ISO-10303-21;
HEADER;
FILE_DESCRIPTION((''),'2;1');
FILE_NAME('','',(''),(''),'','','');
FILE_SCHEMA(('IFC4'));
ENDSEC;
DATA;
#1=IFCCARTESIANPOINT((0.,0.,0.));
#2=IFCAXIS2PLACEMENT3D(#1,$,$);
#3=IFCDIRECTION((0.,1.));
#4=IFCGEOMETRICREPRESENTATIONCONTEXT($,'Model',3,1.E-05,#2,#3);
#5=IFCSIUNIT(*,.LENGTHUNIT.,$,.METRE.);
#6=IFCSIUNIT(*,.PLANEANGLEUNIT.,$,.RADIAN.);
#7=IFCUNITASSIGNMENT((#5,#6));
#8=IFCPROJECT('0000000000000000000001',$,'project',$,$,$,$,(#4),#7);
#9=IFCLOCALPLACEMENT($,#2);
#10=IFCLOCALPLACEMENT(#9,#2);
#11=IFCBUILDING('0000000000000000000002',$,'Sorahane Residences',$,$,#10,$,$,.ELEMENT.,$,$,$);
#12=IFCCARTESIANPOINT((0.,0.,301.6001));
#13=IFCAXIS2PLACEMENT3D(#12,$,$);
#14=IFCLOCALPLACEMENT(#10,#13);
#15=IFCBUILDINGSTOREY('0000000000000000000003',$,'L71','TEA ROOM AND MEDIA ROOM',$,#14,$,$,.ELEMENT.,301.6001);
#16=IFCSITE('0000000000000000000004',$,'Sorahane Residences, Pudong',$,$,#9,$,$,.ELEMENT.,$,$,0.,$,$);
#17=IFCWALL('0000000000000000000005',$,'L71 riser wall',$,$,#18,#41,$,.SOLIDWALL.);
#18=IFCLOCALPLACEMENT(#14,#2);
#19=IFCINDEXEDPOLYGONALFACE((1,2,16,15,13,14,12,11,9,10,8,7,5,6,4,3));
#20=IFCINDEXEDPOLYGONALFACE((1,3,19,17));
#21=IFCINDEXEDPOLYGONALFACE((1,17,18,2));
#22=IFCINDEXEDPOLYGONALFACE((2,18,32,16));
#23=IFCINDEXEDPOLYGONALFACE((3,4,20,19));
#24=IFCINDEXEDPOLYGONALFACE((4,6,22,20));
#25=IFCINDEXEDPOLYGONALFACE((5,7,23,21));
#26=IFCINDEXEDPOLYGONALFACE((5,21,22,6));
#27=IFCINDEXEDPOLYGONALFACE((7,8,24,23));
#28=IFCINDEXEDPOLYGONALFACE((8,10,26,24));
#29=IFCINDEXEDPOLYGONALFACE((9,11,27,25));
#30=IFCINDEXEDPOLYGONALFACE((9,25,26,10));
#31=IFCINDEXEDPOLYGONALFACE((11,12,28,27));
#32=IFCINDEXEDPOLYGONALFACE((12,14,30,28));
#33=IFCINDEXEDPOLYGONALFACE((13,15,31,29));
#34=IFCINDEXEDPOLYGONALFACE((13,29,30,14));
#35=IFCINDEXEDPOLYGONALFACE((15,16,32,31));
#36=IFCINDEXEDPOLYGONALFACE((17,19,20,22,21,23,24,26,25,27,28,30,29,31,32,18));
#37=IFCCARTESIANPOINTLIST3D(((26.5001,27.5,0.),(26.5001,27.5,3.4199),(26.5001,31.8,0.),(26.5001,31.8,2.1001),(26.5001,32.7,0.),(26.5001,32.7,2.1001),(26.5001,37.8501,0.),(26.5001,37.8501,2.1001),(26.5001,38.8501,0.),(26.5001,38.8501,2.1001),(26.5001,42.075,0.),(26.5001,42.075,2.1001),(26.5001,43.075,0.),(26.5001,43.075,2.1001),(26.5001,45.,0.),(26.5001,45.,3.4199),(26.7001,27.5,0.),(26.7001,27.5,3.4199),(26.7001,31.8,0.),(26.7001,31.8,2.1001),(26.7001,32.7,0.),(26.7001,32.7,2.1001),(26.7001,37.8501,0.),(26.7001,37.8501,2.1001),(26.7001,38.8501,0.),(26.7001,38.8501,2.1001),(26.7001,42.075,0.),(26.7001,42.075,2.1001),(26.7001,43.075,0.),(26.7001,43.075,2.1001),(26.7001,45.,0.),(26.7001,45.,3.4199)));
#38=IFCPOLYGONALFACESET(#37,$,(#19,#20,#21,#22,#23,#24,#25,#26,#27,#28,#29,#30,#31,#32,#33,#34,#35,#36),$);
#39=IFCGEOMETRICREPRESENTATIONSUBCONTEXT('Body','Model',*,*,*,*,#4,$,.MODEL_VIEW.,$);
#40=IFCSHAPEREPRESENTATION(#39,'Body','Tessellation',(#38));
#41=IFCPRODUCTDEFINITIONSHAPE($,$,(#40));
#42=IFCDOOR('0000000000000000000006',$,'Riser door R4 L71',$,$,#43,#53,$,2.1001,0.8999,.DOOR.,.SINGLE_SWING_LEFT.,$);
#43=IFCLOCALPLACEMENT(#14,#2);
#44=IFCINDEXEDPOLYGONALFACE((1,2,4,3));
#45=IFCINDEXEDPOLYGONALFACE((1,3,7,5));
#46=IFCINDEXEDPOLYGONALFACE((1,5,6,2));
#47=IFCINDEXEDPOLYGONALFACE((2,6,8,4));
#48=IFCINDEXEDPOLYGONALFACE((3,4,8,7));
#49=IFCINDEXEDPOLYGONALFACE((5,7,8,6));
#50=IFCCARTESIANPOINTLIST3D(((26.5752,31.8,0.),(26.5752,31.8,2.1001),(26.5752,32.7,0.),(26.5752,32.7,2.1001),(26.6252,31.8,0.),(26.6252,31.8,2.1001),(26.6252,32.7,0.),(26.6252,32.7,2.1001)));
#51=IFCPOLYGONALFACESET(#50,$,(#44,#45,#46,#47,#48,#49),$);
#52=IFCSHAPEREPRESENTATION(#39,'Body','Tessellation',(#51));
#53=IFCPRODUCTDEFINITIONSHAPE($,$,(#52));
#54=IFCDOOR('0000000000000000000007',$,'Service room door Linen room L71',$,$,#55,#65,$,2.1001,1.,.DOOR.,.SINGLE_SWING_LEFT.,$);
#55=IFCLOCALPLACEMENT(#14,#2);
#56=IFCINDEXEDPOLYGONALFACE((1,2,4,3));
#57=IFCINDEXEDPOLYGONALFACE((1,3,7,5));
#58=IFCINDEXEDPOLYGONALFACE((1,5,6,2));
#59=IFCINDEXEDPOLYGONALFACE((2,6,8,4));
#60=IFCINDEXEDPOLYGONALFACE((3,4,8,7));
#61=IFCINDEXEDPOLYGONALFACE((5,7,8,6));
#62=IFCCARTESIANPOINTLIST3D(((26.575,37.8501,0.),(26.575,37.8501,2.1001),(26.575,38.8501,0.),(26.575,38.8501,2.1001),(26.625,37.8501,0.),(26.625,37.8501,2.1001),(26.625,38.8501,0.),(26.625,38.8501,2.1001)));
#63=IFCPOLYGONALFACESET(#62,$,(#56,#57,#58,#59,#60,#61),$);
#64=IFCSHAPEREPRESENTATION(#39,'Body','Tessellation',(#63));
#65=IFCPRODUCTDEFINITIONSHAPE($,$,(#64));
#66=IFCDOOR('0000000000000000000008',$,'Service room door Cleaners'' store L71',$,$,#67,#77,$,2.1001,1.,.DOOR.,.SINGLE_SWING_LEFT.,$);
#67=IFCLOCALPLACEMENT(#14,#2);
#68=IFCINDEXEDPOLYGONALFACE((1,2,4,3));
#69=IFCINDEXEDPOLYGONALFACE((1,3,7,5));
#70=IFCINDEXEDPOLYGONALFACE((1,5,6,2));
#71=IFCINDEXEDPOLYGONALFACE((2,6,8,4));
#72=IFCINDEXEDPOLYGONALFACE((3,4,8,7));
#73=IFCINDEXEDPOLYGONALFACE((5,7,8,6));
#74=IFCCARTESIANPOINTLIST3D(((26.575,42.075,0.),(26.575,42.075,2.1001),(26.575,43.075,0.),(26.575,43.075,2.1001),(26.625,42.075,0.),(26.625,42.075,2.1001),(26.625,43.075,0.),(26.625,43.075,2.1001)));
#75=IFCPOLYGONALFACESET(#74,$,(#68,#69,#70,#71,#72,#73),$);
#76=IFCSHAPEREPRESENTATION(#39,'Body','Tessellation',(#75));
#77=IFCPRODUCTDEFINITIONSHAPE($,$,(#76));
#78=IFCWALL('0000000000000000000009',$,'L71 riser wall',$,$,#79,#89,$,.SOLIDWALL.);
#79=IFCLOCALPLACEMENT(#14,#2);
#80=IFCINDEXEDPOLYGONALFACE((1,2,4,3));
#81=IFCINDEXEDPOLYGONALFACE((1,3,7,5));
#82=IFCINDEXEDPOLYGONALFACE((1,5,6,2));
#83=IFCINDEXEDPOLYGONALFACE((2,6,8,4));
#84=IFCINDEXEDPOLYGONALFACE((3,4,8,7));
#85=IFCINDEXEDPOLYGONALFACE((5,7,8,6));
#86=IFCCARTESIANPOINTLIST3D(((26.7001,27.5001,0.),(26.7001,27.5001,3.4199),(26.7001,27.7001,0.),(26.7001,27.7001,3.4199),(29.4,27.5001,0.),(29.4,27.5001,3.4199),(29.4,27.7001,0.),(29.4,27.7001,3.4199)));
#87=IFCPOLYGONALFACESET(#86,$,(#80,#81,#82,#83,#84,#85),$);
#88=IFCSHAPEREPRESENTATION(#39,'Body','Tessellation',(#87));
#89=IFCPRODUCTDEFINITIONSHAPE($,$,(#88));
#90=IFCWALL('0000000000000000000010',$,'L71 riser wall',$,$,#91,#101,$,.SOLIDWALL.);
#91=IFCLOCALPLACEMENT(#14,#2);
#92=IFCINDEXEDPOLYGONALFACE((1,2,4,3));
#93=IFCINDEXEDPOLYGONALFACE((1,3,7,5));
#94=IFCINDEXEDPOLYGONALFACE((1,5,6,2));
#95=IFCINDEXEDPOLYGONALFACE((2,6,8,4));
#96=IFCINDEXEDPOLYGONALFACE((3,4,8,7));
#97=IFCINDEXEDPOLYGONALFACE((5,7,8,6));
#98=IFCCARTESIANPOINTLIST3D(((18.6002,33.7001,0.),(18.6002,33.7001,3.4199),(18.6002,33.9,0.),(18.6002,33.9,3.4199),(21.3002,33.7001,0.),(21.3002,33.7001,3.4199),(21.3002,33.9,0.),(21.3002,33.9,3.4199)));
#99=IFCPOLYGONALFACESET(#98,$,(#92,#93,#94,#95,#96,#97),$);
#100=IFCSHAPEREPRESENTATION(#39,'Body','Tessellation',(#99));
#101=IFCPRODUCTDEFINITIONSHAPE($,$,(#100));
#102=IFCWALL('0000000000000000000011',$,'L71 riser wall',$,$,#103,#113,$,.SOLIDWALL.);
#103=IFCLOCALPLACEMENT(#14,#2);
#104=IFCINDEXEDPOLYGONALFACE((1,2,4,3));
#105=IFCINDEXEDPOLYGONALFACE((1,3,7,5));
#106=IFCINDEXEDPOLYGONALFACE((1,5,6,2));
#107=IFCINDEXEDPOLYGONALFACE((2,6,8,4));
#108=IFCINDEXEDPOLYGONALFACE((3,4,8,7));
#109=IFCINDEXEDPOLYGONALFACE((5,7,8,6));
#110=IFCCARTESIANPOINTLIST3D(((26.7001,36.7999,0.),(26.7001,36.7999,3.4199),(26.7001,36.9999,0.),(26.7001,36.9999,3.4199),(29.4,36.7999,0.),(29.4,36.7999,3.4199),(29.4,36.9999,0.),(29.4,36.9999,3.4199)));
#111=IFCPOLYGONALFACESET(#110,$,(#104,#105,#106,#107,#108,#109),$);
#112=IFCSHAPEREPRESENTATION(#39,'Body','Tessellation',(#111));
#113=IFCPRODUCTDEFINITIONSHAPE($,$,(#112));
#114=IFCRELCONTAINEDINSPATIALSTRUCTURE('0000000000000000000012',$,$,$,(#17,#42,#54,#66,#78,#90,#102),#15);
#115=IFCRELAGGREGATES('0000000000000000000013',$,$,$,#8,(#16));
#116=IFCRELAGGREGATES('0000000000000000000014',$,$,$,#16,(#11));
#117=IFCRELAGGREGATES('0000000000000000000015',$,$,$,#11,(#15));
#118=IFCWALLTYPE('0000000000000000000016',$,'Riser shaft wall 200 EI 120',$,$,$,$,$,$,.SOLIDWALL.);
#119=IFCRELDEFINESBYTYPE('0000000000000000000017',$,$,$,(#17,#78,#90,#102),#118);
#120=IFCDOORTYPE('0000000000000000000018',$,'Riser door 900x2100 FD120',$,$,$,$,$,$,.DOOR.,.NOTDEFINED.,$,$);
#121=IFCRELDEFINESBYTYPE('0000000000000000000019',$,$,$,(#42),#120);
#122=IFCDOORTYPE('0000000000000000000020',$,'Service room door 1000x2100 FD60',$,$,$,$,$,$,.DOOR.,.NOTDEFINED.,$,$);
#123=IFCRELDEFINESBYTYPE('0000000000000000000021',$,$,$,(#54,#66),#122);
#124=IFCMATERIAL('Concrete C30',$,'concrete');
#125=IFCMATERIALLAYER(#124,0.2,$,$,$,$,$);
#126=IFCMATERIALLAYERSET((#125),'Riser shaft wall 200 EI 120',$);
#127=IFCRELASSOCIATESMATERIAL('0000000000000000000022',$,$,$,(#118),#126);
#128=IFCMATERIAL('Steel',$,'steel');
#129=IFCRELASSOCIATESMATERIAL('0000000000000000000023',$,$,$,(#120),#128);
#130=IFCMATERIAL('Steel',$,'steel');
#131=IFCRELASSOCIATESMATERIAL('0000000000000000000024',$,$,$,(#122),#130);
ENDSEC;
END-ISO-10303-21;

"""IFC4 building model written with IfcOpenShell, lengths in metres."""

from ifc_helpers import new_model, si_unit, direction, frame, frame_2d, origin, place, context, subcontext, project, spatial, rectangle, extrude, material, layer, layer_set, type_object, element, fill, save


model = new_model("IFC4")

# Units and contexts
model_context = context("Model", 3, precision=1e-05, world=origin(), true_north=direction((0.0, 1.0)))
body_context = subcontext(model_context, "Body", "Model", "MODEL_VIEW")
ifc_project = project(units=[si_unit("LENGTHUNIT", "METRE"), si_unit("PLANEANGLEUNIT", "RADIAN")], contexts=[model_context])

# Site, building, storey
site_placement = place(None, origin())
site = spatial("IfcSite", under=ifc_project, at=site_placement, Name="Sorahane Residences, Pudong", CompositionType="ELEMENT", RefElevation=0.0)
building_placement = place(site_placement, origin())
building = spatial("IfcBuilding", under=site, at=building_placement, Name="Sorahane Residences", CompositionType="ELEMENT")
storey_placement = place(building_placement, frame((0.0, 0.0, 301.6001)))
storey = spatial("IfcBuildingStorey", under=building, at=storey_placement, Name="L71", Description="TEA ROOM AND MEDIA ROOM", CompositionType="ELEMENT", Elevation=301.6001)

# Wall, openings, doors
ifc_material_1 = material(Name="Concrete C30", Category="concrete")
ifc_layer_1 = layer(ifc_material_1, 0.2)
ifc_layer_set_1 = layer_set([ifc_layer_1], Name="Riser shaft wall 200 EI 120")
wall_type_1 = type_object("IfcWallType", Name="Riser shaft wall 200 EI 120", PredefinedType="SOLIDWALL", material=ifc_layer_set_1)
wall_1_placement = place(storey_placement, frame((26.6001, 27.5, 0.0), z_axis=(0.0, 0.0, 1.0), x_axis=(0.0, 1.0, 0.0)))
wall_1 = element("IfcWall", 1, at=wall_1_placement, inside=storey, type_object=wall_type_1, Name="L71 riser wall", PredefinedType="SOLIDWALL", context=body_context, shape_type="SweptSolid", body=[
    extrude(rectangle(XDim=17.5, YDim=0.2, at=frame_2d((8.75, 0.0))), origin(), (0.0, 0.0, 1.0), 3.4199),
])
opening_1_placement = place(wall_1_placement, frame((4.3, 0.0, 0.0)))
opening_1 = element("IfcOpeningElement", 2, at=opening_1_placement, cuts=wall_1, PredefinedType="OPENING", context=body_context, shape_type="SweptSolid", body=[
    extrude(rectangle(XDim=0.8999, YDim=2.1001, at=frame_2d((0.45, 1.05))), frame((0.0, 0.1099, 0.0), z_axis=(0.0, -1.0, 0.0), x_axis=(1.0, 0.0, 0.0)), (0.0, 0.0, 1.0), 0.22),
])
opening_2_placement = place(wall_1_placement, frame((10.3501, 0.0, 0.0)))
opening_2 = element("IfcOpeningElement", 3, at=opening_2_placement, cuts=wall_1, PredefinedType="OPENING", context=body_context, shape_type="SweptSolid", body=[
    extrude(rectangle(XDim=1.0, YDim=2.1001, at=frame_2d((0.5, 1.05))), frame((0.0, 0.1099, 0.0), z_axis=(0.0, -1.0, 0.0), x_axis=(1.0, 0.0, 0.0)), (0.0, 0.0, 1.0), 0.22),
])
opening_3_placement = place(wall_1_placement, frame((14.575, 0.0, 0.0)))
opening_3 = element("IfcOpeningElement", 4, at=opening_3_placement, cuts=wall_1, PredefinedType="OPENING", context=body_context, shape_type="SweptSolid", body=[
    extrude(rectangle(XDim=1.0, YDim=2.1001, at=frame_2d((0.5, 1.05))), frame((0.0, 0.1099, 0.0), z_axis=(0.0, -1.0, 0.0), x_axis=(1.0, 0.0, 0.0)), (0.0, 0.0, 1.0), 0.22),
])
ifc_material_2 = material(Name="Steel", Category="steel")
door_type_1 = type_object("IfcDoorType", Name="Riser door 900x2100 FD120", OperationType="NOTDEFINED", PredefinedType="DOOR", material=ifc_material_2)
door_1_placement = place(opening_1_placement, origin())
door_1 = element("IfcDoor", 5, at=door_1_placement, inside=storey, type_object=door_type_1, Name="Riser door R4 L71", OperationType="SINGLE_SWING_LEFT", OverallHeight=2.1001, OverallWidth=0.8999, PredefinedType="DOOR", context=body_context, shape_type="SweptSolid", body=[
    extrude(rectangle(XDim=0.8999, YDim=2.1001, at=frame_2d((0.45, 1.05))), frame((0.0, 0.0249, 0.0), z_axis=(0.0, -1.0, 0.0), x_axis=(1.0, 0.0, 0.0)), (0.0, 0.0, 1.0), 0.05),
])
fill(opening_1, door_1)
ifc_material_3 = material(Name="Steel", Category="steel")
door_type_2 = type_object("IfcDoorType", Name="Service room door 1000x2100 FD60", OperationType="NOTDEFINED", PredefinedType="DOOR", material=ifc_material_3)
door_2_placement = place(opening_2_placement, frame((1.0, 0.0, 0.0), z_axis=(0.0, 0.0, 1.0), x_axis=(-1.0, 0.0, 0.0)))
door_2 = element("IfcDoor", 6, at=door_2_placement, inside=storey, type_object=door_type_2, Name="Service room door Linen room L71", OperationType="SINGLE_SWING_LEFT", OverallHeight=2.1001, OverallWidth=1.0, PredefinedType="DOOR", context=body_context, shape_type="SweptSolid", body=[
    extrude(rectangle(XDim=1.0, YDim=2.1001, at=frame_2d((0.5, 1.05))), frame((0.0, 0.0249, 0.0), z_axis=(0.0, -1.0, 0.0), x_axis=(1.0, 0.0, 0.0)), (0.0, 0.0, 1.0), 0.05),
])
fill(opening_2, door_2)
door_3_placement = place(opening_3_placement, frame((1.0, 0.0, 0.0), z_axis=(0.0, 0.0, 1.0), x_axis=(-1.0, 0.0, 0.0)))
door_3 = element("IfcDoor", 7, at=door_3_placement, inside=storey, type_object=door_type_2, Name="Service room door Cleaners' store L71", OperationType="SINGLE_SWING_LEFT", OverallHeight=2.1001, OverallWidth=1.0, PredefinedType="DOOR", context=body_context, shape_type="SweptSolid", body=[
    extrude(rectangle(XDim=1.0, YDim=2.1001, at=frame_2d((0.5, 1.05))), frame((0.0, 0.0249, 0.0), z_axis=(0.0, -1.0, 0.0), x_axis=(1.0, 0.0, 0.0)), (0.0, 0.0, 1.0), 0.05),
])
fill(opening_3, door_3)

# Walls
for number, where, z_axis, x_axis, name in (
    (8, (26.7, 27.6001, 0.0), (0.0, 0.0, 1.0), (1.0, 0.0, 0.0), "L71 riser wall"),
    (9, (18.6001, 33.8, 0.0), (0.0, 0.0, 1.0), (1.0, 0.0, 0.0), "L71 riser wall"),
    (10, (26.7, 36.8999, 0.0), (0.0, 0.0, 1.0), (1.0, 0.0, 0.0), "L71 riser wall"),
):
    element("IfcWall", number, at=place(storey_placement, frame(where, z_axis=z_axis, x_axis=x_axis)), inside=storey, type_object=wall_type_1, Name=name, PredefinedType="SOLIDWALL", context=body_context, shape_type="SweptSolid", body=[
        extrude(rectangle(XDim=2.7, YDim=0.2, at=frame_2d((1.3501, 0.0))), origin(), (0.0, 0.0, 1.0), 3.4199),
    ])

save(model, "model.ifc")
